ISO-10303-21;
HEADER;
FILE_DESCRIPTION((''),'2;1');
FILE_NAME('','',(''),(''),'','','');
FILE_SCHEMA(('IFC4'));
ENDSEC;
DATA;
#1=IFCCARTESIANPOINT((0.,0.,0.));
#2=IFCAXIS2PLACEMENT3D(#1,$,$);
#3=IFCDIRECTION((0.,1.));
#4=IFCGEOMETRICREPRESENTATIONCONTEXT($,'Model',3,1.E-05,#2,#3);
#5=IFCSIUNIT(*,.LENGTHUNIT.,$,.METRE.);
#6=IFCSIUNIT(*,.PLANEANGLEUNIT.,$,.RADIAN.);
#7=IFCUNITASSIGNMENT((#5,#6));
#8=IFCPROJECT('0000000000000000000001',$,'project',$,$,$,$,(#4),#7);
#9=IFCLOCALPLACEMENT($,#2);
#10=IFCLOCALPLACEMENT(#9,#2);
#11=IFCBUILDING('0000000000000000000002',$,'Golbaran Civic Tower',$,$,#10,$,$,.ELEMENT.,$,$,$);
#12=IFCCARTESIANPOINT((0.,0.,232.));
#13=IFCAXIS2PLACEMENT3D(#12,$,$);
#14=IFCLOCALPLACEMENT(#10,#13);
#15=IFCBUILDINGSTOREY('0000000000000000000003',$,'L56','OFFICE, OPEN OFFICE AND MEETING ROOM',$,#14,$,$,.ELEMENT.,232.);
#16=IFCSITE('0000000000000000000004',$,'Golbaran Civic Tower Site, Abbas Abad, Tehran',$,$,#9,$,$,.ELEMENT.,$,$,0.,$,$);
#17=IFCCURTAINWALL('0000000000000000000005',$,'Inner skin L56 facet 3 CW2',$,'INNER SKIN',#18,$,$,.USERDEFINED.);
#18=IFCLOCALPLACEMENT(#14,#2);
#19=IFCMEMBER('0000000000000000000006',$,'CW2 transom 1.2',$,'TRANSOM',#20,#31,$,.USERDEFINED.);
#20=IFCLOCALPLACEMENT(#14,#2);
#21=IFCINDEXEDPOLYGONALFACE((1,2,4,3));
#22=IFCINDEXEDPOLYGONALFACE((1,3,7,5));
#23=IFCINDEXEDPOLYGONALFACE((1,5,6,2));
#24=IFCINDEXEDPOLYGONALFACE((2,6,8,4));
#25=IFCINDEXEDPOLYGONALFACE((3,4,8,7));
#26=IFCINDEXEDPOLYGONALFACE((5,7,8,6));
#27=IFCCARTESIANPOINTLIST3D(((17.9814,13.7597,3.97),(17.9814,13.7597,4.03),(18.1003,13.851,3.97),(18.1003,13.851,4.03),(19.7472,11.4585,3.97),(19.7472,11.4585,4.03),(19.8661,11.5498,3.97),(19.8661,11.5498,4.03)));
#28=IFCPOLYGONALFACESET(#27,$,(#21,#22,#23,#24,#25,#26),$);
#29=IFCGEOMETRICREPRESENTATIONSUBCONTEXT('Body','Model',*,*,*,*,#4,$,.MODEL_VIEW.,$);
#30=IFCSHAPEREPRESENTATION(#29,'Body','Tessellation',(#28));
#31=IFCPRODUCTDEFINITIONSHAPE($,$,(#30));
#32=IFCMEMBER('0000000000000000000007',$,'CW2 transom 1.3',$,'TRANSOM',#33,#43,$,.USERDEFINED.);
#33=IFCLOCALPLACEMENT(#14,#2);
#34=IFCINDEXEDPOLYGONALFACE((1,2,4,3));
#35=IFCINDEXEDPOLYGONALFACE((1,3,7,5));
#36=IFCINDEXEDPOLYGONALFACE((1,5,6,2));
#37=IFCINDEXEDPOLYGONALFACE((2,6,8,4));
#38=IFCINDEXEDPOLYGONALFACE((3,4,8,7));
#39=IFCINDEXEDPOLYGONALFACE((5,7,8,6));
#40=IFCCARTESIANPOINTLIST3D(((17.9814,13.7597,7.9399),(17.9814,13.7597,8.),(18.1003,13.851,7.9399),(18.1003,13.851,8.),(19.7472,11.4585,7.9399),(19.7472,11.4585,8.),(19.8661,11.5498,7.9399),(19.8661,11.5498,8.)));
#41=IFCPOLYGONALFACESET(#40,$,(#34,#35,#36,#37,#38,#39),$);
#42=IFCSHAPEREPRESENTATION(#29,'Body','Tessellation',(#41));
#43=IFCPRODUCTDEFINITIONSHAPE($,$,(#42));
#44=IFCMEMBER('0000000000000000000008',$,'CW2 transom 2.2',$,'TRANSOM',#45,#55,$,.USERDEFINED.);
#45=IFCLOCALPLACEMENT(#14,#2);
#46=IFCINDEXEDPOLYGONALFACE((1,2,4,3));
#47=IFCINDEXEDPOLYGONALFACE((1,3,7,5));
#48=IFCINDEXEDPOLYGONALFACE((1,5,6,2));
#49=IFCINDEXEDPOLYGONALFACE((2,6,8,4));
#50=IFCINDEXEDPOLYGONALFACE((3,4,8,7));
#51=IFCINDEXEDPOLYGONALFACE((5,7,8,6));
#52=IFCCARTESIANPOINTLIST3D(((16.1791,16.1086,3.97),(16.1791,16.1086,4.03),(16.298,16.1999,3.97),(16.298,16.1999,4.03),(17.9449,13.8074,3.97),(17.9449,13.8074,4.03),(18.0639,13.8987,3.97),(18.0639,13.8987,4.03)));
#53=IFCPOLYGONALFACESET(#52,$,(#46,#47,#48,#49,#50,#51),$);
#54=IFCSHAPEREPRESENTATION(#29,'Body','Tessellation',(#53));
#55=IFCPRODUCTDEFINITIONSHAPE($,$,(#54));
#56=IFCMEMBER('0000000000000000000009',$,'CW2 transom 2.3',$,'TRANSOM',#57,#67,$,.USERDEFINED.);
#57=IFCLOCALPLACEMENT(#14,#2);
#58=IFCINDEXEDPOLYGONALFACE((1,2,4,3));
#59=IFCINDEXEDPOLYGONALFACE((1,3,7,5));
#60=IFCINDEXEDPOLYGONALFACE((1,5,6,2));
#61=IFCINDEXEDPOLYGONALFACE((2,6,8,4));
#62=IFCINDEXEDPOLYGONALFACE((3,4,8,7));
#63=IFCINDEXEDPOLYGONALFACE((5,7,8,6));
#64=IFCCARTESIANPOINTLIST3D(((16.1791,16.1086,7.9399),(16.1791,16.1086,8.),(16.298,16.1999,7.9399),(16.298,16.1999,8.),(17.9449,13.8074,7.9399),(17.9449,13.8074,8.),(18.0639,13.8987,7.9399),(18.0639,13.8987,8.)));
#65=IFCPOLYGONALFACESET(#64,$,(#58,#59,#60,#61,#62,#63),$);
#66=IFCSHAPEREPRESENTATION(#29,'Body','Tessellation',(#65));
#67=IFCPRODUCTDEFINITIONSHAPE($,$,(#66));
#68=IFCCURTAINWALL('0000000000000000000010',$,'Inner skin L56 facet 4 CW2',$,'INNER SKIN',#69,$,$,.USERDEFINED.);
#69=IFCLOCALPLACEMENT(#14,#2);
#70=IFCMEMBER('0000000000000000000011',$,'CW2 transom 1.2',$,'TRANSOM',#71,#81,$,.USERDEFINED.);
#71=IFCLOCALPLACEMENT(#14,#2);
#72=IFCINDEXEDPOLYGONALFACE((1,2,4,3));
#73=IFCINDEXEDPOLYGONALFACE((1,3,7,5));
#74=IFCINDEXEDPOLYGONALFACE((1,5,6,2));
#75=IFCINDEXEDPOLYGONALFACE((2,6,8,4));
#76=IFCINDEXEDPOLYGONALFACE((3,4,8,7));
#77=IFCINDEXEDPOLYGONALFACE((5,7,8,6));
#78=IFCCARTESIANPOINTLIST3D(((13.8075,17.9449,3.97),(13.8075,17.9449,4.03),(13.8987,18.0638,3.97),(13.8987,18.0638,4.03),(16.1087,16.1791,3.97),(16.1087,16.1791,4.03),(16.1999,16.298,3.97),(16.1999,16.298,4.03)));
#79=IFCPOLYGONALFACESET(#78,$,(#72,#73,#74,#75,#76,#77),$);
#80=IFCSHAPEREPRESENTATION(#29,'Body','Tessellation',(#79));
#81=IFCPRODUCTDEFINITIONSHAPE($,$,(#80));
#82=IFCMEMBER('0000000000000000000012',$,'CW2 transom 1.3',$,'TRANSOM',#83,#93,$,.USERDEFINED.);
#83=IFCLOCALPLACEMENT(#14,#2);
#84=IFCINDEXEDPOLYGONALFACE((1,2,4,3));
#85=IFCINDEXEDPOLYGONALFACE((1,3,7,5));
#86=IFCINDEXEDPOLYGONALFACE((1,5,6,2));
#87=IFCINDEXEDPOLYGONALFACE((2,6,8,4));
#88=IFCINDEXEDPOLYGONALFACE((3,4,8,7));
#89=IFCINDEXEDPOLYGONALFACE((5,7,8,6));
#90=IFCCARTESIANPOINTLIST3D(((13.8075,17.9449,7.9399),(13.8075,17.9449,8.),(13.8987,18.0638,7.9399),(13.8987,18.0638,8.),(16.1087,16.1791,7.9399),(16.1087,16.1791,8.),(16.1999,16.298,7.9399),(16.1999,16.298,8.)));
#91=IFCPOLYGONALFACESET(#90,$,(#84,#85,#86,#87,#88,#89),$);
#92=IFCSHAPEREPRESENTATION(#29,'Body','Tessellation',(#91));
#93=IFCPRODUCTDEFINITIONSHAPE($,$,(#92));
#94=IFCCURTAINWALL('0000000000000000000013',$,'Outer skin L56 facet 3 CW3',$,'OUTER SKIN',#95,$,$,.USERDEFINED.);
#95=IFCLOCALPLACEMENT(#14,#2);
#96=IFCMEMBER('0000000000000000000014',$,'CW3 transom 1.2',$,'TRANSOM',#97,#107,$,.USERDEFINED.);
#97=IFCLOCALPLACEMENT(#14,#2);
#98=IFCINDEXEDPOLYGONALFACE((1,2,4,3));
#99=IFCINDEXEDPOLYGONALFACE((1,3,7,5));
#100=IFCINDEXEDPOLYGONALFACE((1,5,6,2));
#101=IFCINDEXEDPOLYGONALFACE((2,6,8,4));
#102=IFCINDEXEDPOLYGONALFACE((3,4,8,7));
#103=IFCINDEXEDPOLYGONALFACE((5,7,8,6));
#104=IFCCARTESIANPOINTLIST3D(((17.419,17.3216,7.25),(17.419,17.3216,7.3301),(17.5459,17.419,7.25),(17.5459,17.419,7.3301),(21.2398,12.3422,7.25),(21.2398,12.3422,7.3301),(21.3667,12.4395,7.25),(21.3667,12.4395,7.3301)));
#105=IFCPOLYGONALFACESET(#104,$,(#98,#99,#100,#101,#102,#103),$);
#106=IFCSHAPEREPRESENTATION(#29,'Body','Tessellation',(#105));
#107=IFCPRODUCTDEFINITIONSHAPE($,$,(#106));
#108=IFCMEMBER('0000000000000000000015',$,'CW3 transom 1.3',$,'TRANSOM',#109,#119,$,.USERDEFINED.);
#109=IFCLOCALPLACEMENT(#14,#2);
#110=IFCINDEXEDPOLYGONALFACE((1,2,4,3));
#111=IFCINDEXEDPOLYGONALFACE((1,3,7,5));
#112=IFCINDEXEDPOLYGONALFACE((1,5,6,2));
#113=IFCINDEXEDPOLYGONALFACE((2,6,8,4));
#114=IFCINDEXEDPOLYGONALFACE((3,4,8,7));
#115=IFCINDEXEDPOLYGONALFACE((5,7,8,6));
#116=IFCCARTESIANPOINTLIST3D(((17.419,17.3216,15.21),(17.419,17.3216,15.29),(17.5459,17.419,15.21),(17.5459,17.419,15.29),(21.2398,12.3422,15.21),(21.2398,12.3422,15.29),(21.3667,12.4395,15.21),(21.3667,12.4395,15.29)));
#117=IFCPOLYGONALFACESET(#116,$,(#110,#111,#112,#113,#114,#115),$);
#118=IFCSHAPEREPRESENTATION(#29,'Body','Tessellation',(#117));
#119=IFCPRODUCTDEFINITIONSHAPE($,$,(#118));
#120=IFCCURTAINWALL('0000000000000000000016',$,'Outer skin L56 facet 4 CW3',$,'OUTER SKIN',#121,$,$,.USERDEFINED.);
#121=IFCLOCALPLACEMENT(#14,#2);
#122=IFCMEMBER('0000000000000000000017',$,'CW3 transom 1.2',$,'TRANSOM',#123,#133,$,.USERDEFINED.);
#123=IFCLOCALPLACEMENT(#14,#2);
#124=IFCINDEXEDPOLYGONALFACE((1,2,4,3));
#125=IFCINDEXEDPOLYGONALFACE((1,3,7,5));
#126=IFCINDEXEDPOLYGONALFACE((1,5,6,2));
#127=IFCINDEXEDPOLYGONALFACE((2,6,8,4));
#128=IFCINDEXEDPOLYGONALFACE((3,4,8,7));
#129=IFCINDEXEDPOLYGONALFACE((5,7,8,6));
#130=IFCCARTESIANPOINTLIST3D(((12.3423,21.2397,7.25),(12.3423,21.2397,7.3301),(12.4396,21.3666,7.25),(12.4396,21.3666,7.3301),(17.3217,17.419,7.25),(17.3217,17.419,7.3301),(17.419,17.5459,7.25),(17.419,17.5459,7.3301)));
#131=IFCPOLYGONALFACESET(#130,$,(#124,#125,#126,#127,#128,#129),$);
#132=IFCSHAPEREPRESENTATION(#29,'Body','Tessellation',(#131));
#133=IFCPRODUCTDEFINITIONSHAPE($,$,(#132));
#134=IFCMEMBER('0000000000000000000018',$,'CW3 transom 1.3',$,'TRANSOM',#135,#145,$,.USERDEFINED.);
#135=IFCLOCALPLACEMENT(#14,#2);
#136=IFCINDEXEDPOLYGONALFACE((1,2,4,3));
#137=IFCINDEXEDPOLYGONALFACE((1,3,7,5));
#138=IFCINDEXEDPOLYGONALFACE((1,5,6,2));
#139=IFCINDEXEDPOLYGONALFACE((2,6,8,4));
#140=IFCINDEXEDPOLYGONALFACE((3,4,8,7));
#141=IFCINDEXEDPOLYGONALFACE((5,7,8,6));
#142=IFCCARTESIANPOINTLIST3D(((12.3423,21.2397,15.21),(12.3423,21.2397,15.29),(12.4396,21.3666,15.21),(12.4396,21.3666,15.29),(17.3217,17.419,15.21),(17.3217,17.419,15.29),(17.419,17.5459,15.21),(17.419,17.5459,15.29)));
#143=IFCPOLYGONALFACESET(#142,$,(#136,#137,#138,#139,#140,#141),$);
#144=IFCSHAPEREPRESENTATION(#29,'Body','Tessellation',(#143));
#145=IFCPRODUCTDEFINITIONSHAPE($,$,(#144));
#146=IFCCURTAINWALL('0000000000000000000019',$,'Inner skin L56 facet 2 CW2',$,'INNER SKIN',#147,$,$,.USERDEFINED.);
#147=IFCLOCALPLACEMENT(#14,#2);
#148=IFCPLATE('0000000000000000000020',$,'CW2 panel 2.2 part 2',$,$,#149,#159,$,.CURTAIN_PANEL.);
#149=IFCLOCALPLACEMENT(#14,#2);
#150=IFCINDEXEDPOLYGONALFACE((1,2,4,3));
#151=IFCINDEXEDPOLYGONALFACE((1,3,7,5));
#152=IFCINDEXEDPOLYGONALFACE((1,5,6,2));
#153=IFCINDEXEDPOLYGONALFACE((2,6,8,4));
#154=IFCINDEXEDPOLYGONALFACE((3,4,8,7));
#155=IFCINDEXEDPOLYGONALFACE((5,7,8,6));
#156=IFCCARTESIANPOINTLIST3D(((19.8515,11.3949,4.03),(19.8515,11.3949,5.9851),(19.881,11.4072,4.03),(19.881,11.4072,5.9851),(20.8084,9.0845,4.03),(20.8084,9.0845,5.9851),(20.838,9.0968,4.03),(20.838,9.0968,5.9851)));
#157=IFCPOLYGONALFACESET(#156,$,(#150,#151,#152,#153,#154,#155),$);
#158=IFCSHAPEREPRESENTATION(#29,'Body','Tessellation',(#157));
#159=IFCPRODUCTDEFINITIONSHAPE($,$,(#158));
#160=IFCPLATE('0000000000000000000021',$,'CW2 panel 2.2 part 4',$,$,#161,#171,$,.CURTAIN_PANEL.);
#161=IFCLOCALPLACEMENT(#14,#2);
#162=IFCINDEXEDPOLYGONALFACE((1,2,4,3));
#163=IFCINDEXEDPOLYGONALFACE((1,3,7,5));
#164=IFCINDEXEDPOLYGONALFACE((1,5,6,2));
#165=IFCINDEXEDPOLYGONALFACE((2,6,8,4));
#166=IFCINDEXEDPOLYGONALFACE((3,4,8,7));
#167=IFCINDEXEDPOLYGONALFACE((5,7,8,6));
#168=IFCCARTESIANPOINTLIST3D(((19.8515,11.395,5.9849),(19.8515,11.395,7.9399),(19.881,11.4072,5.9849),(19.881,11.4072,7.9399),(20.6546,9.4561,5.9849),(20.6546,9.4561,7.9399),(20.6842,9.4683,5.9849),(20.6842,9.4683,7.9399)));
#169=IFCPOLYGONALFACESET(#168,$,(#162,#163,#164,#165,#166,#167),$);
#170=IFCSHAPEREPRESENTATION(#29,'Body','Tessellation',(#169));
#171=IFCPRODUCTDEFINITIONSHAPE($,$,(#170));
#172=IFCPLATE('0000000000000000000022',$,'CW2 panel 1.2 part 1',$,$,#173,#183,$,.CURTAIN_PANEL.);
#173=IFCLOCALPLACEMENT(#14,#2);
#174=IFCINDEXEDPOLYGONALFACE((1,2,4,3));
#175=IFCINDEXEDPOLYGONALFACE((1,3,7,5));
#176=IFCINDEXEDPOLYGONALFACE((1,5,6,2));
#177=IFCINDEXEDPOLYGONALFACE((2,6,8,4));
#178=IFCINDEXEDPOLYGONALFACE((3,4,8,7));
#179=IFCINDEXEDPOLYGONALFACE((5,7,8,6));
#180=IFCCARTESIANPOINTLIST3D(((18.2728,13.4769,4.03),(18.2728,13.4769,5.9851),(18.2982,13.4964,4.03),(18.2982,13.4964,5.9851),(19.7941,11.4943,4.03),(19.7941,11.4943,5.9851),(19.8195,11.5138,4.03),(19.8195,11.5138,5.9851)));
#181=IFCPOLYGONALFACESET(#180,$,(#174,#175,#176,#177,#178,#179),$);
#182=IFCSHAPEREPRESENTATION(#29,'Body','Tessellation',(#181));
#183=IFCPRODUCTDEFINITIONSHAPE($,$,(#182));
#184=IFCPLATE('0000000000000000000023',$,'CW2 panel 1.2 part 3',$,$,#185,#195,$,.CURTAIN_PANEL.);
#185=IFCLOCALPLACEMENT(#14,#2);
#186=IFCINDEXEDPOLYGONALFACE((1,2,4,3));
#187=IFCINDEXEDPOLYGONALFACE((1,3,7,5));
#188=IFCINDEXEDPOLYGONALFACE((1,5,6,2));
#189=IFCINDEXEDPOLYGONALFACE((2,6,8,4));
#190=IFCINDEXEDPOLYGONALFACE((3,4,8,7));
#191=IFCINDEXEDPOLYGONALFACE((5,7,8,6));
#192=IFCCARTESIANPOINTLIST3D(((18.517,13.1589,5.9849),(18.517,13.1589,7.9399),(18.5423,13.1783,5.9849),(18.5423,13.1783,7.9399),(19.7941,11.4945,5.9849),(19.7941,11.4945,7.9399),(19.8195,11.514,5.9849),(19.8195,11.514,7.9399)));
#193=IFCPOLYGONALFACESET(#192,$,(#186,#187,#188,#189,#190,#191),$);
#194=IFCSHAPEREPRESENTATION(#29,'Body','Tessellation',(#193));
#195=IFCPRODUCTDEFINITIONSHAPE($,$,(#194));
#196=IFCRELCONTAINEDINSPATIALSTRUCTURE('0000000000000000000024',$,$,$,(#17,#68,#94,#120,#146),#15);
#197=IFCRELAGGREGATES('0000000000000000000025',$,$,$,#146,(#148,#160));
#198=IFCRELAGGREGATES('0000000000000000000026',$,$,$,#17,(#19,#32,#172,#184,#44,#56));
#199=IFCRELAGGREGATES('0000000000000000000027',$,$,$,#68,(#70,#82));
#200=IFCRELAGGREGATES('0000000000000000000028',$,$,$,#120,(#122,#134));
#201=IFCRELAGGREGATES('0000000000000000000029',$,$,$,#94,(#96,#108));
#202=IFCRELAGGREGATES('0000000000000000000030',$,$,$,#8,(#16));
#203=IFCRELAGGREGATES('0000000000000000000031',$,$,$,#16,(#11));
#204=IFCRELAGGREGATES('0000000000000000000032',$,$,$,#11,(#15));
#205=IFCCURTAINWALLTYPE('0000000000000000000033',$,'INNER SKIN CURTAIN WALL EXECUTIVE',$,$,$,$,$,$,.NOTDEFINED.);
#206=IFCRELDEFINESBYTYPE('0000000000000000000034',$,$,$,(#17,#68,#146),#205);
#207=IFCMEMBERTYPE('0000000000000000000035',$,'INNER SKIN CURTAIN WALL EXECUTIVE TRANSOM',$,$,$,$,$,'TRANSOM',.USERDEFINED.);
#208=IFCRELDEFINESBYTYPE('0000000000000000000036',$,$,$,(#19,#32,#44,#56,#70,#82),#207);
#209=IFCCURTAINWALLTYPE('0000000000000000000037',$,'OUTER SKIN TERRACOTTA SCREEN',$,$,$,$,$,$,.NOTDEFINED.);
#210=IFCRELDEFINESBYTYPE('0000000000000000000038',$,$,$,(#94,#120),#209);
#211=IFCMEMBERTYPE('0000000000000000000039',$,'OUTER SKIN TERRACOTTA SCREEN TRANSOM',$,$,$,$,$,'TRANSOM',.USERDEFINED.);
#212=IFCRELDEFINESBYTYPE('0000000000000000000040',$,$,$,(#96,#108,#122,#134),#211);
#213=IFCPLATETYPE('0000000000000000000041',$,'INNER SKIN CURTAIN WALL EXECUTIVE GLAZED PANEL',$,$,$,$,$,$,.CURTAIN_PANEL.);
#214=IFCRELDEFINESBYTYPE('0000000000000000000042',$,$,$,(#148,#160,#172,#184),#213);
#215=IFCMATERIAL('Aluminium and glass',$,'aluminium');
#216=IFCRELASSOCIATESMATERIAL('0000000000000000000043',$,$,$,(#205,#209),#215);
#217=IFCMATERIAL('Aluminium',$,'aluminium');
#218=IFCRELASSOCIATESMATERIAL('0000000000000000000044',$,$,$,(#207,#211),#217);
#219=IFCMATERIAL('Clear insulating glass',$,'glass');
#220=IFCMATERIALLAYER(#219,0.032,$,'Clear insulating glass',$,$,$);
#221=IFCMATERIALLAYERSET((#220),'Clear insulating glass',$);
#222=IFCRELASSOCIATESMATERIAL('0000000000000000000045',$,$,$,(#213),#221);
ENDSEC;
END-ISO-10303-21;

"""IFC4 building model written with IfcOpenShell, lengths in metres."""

from ifc_helpers import new_model, si_unit, direction, frame, origin, origin_2d, place, context, subcontext, project, spatial, rectangle, extrude, material, layer, layer_set, material_profile, profile_set, type_object, element, aggregate, save


model = new_model("IFC4")

# Units and contexts
model_context = context("Model", 3, precision=1e-05, world=origin(), true_north=direction((0.0, 1.0)))
body_context = subcontext(model_context, "Body", "Model", "MODEL_VIEW")
ifc_project = project(units=[si_unit("LENGTHUNIT", "METRE"), si_unit("PLANEANGLEUNIT", "RADIAN")], contexts=[model_context])

# Site, building, storey
site_placement = place(None, origin())
site = spatial("IfcSite", under=ifc_project, at=site_placement, Name="Golbaran Civic Tower Site, Abbas Abad, Tehran", CompositionType="ELEMENT", RefElevation=0.0)
building_placement = place(site_placement, origin())
building = spatial("IfcBuilding", under=site, at=building_placement, Name="Golbaran Civic Tower", CompositionType="ELEMENT")
storey_placement = place(building_placement, frame((0.0, 0.0, 232.0)))
storey = spatial("IfcBuildingStorey", under=building, at=storey_placement, Name="L56", Description="OFFICE, OPEN OFFICE AND MEETING ROOM", CompositionType="ELEMENT", Elevation=232.0)

# Curtain walls, members
ifc_material_1 = material(Name="Aluminium and glass", Category="aluminium")
curtain_wall_type_1 = type_object("IfcCurtainWallType", Name="INNER SKIN CURTAIN WALL EXECUTIVE", PredefinedType="NOTDEFINED", material=ifc_material_1)
curtain_wall_1_placement = place(storey_placement, origin())
curtain_wall_1 = element("IfcCurtainWall", 1, at=curtain_wall_1_placement, inside=storey, type_object=curtain_wall_type_1, Name="Inner skin L56 facet 3 CW2", ObjectType="INNER SKIN", PredefinedType="USERDEFINED")
ifc_material_2 = material(Name="Aluminium", Category="aluminium")
ifc_material_profile_1 = material_profile(ifc_material_2, rectangle(XDim=0.1499, YDim=0.0601, at=origin_2d()), Name="INNER SKIN CURTAIN WALL EXECUTIVE TRANSOM")
ifc_profile_set_1 = profile_set([ifc_material_profile_1], Name="Aluminium")
member_type_1 = type_object("IfcMemberType", Name="INNER SKIN CURTAIN WALL EXECUTIVE TRANSOM", ElementType="TRANSOM", PredefinedType="USERDEFINED", material=ifc_profile_set_1)
member_1_placement = place(storey_placement, frame((19.8066, 11.5042, 4.0), z_axis=(-0.608771, 0.793346, 0.0), x_axis=(-0.793346, -0.608771, 0.0)))
member_1 = element("IfcMember", 2, at=member_1_placement, type_object=member_type_1, Name="CW2 transom 1.2", ObjectType="TRANSOM", PredefinedType="USERDEFINED", context=body_context, shape_type="SweptSolid", body=[
    extrude(rectangle(XDim=0.1499, YDim=0.0601, at=origin_2d()), origin(), (0.0, 0.0, 1.0), 2.9006),
])
member_2_placement = place(storey_placement, frame((19.8066, 11.5042, 7.97), z_axis=(-0.608771, 0.793346, 0.0), x_axis=(-0.793346, -0.608771, 0.0)))
member_2 = element("IfcMember", 3, at=member_2_placement, type_object=member_type_1, Name="CW2 transom 1.3", ObjectType="TRANSOM", PredefinedType="USERDEFINED", context=body_context, shape_type="SweptSolid", body=[
    extrude(rectangle(XDim=0.1499, YDim=0.0601, at=origin_2d()), origin(), (0.0, 0.0, 1.0), 2.9006),
])
member_3_placement = place(storey_placement, frame((18.0044, 13.853, 4.0), z_axis=(-0.608771, 0.793346, 0.0), x_axis=(-0.793346, -0.608771, 0.0)))
member_3 = element("IfcMember", 4, at=member_3_placement, type_object=member_type_1, Name="CW2 transom 2.2", ObjectType="TRANSOM", PredefinedType="USERDEFINED", context=body_context, shape_type="SweptSolid", body=[
    extrude(rectangle(XDim=0.1499, YDim=0.0601, at=origin_2d()), origin(), (0.0, 0.0, 1.0), 2.9006),
])
member_4_placement = place(storey_placement, frame((18.0044, 13.853, 7.97), z_axis=(-0.608771, 0.793346, 0.0), x_axis=(-0.793346, -0.608771, 0.0)))
member_4 = element("IfcMember", 5, at=member_4_placement, type_object=member_type_1, Name="CW2 transom 2.3", ObjectType="TRANSOM", PredefinedType="USERDEFINED", context=body_context, shape_type="SweptSolid", body=[
    extrude(rectangle(XDim=0.1499, YDim=0.0601, at=origin_2d()), origin(), (0.0, 0.0, 1.0), 2.9006),
])
curtain_wall_2_placement = place(storey_placement, origin())
curtain_wall_2 = element("IfcCurtainWall", 6, at=curtain_wall_2_placement, inside=storey, type_object=curtain_wall_type_1, Name="Inner skin L56 facet 4 CW2", ObjectType="INNER SKIN", PredefinedType="USERDEFINED")
member_5_placement = place(storey_placement, frame((16.1543, 16.2385, 4.0), z_axis=(-0.793346, 0.608771, 0.0), x_axis=(-0.608771, -0.793346, 0.0)))
member_5 = element("IfcMember", 7, at=member_5_placement, type_object=member_type_1, Name="CW2 transom 1.2", ObjectType="TRANSOM", PredefinedType="USERDEFINED", context=body_context, shape_type="SweptSolid", body=[
    extrude(rectangle(XDim=0.1499, YDim=0.0601, at=origin_2d()), origin(), (0.0, 0.0, 1.0), 2.9006),
])
member_6_placement = place(storey_placement, frame((16.1543, 16.2385, 7.97), z_axis=(-0.793346, 0.608771, 0.0), x_axis=(-0.608771, -0.793346, 0.0)))
member_6 = element("IfcMember", 8, at=member_6_placement, type_object=member_type_1, Name="CW2 transom 1.3", ObjectType="TRANSOM", PredefinedType="USERDEFINED", context=body_context, shape_type="SweptSolid", body=[
    extrude(rectangle(XDim=0.1499, YDim=0.0601, at=origin_2d()), origin(), (0.0, 0.0, 1.0), 2.9006),
])
curtain_wall_type_2 = type_object("IfcCurtainWallType", Name="OUTER SKIN TERRACOTTA SCREEN", PredefinedType="NOTDEFINED", material=ifc_material_1)
curtain_wall_3_placement = place(storey_placement, origin())
curtain_wall_3 = element("IfcCurtainWall", 9, at=curtain_wall_3_placement, inside=storey, type_object=curtain_wall_type_2, Name="Outer skin L56 facet 3 CW3", ObjectType="OUTER SKIN", PredefinedType="USERDEFINED")
ifc_material_profile_2 = material_profile(ifc_material_2, rectangle(XDim=0.1599, YDim=0.0801, at=origin_2d()), Name="OUTER SKIN TERRACOTTA SCREEN TRANSOM")
ifc_profile_set_2 = profile_set([ifc_material_profile_2], Name="Aluminium")
member_type_2 = type_object("IfcMemberType", Name="OUTER SKIN TERRACOTTA SCREEN TRANSOM", ElementType="TRANSOM", PredefinedType="USERDEFINED", material=ifc_profile_set_2)
member_7_placement = place(storey_placement, frame((21.3032, 12.3909, 7.29), z_axis=(-0.608752, 0.793361, 0.0), x_axis=(-0.793361, -0.608752, 0.0)))
member_7 = element("IfcMember", 10, at=member_7_placement, type_object=member_type_2, Name="CW3 transom 1.2", ObjectType="TRANSOM", PredefinedType="USERDEFINED", context=body_context, shape_type="SweptSolid", body=[
    extrude(rectangle(XDim=0.1599, YDim=0.0801, at=origin_2d()), origin(), (0.0, 0.0, 1.0), 6.2764),
])
member_8_placement = place(storey_placement, frame((21.3032, 12.3909, 15.25), z_axis=(-0.608752, 0.793361, 0.0), x_axis=(-0.793361, -0.608752, 0.0)))
member_8 = element("IfcMember", 11, at=member_8_placement, type_object=member_type_2, Name="CW3 transom 1.3", ObjectType="TRANSOM", PredefinedType="USERDEFINED", context=body_context, shape_type="SweptSolid", body=[
    extrude(rectangle(XDim=0.1599, YDim=0.0801, at=origin_2d()), origin(), (0.0, 0.0, 1.0), 6.2764),
])
curtain_wall_4_placement = place(storey_placement, origin())
curtain_wall_4 = element("IfcCurtainWall", 12, at=curtain_wall_4_placement, inside=storey, type_object=curtain_wall_type_2, Name="Outer skin L56 facet 4 CW3", ObjectType="OUTER SKIN", PredefinedType="USERDEFINED")
member_9_placement = place(storey_placement, frame((17.3704, 17.4824, 7.29), z_axis=(-0.793361, 0.608752, 0.0), x_axis=(-0.608752, -0.793361, 0.0)))
member_9 = element("IfcMember", 13, at=member_9_placement, type_object=member_type_2, Name="CW3 transom 1.2", ObjectType="TRANSOM", PredefinedType="USERDEFINED", context=body_context, shape_type="SweptSolid", body=[
    extrude(rectangle(XDim=0.1599, YDim=0.0801, at=origin_2d()), origin(), (0.0, 0.0, 1.0), 6.2764),
])
member_10_placement = place(storey_placement, frame((17.3704, 17.4824, 15.25), z_axis=(-0.793361, 0.608752, 0.0), x_axis=(-0.608752, -0.793361, 0.0)))
member_10 = element("IfcMember", 14, at=member_10_placement, type_object=member_type_2, Name="CW3 transom 1.3", ObjectType="TRANSOM", PredefinedType="USERDEFINED", context=body_context, shape_type="SweptSolid", body=[
    extrude(rectangle(XDim=0.1599, YDim=0.0801, at=origin_2d()), origin(), (0.0, 0.0, 1.0), 6.2764),
])

# Curtain wall, plates
curtain_wall_5_placement = place(storey_placement, origin())
curtain_wall_5 = element("IfcCurtainWall", 15, at=curtain_wall_5_placement, inside=storey, type_object=curtain_wall_type_1, Name="Inner skin L56 facet 2 CW2", ObjectType="INNER SKIN", PredefinedType="USERDEFINED")
ifc_material_3 = material(Name="Clear insulating glass", Category="glass")
ifc_layer_1 = layer(ifc_material_3, 0.032, Name="Clear insulating glass")
ifc_layer_set_1 = layer_set([ifc_layer_1], Name="Clear insulating glass")
plate_type_1 = type_object("IfcPlateType", Name="INNER SKIN CURTAIN WALL EXECUTIVE GLAZED PANEL", PredefinedType="CURTAIN_PANEL", material=ifc_layer_set_1)
plate_1_placement = place(storey_placement, frame((20.3447, 10.2458, 4.03), z_axis=(0.0, 0.0, 1.0), x_axis=(-0.382683, 0.92388, 0.0)))
plate_1 = element("IfcPlate", 16, at=plate_1_placement, type_object=plate_type_1, Name="CW2 panel 2.2 part 2", PredefinedType="CURTAIN_PANEL", context=body_context, shape_type="SweptSolid", body=[
    extrude(rectangle(XDim=2.5007, YDim=0.032, at=origin_2d()), origin(), (0.0, 0.0, 1.0), 1.9551),
])
plate_2_placement = place(storey_placement, frame((20.2678, 10.4316, 5.9849), z_axis=(0.0, 0.0, 1.0), x_axis=(-0.382683, 0.92388, 0.0)))
plate_2 = element("IfcPlate", 17, at=plate_2_placement, type_object=plate_type_1, Name="CW2 panel 2.2 part 4", PredefinedType="CURTAIN_PANEL", context=body_context, shape_type="SweptSolid", body=[
    extrude(rectangle(XDim=2.0986, YDim=0.032, at=origin_2d()), origin(), (0.0, 0.0, 1.0), 1.9551),
])
aggregate(curtain_wall_5, [plate_1, plate_2])

# Plates
plate_3_placement = place(storey_placement, frame((19.0461, 12.4954, 4.03), z_axis=(0.0, 0.0, 1.0), x_axis=(-0.608761, 0.793353, 0.0)))
plate_3 = element("IfcPlate", 18, at=plate_3_placement, type_object=plate_type_1, Name="CW2 panel 1.2 part 1", PredefinedType="CURTAIN_PANEL", context=body_context, shape_type="SweptSolid", body=[
    extrude(rectangle(XDim=2.499, YDim=0.032, at=origin_2d()), origin(), (0.0, 0.0, 1.0), 1.9551),
])
plate_4_placement = place(storey_placement, frame((19.1682, 12.3364, 5.9849), z_axis=(0.0, 0.0, 1.0), x_axis=(-0.608761, 0.793353, 0.0)))
plate_4 = element("IfcPlate", 19, at=plate_4_placement, type_object=plate_type_1, Name="CW2 panel 1.2 part 3", PredefinedType="CURTAIN_PANEL", context=body_context, shape_type="SweptSolid", body=[
    extrude(rectangle(XDim=2.0979, YDim=0.032, at=origin_2d()), origin(), (0.0, 0.0, 1.0), 1.9551),
])
aggregate(curtain_wall_1, [member_1, member_2, plate_3, plate_4, member_3, member_4])
aggregate(curtain_wall_2, [member_5, member_6])

aggregate(curtain_wall_4, [member_9, member_10])
aggregate(curtain_wall_3, [member_7, member_8])

save(model, "model.ifc")
